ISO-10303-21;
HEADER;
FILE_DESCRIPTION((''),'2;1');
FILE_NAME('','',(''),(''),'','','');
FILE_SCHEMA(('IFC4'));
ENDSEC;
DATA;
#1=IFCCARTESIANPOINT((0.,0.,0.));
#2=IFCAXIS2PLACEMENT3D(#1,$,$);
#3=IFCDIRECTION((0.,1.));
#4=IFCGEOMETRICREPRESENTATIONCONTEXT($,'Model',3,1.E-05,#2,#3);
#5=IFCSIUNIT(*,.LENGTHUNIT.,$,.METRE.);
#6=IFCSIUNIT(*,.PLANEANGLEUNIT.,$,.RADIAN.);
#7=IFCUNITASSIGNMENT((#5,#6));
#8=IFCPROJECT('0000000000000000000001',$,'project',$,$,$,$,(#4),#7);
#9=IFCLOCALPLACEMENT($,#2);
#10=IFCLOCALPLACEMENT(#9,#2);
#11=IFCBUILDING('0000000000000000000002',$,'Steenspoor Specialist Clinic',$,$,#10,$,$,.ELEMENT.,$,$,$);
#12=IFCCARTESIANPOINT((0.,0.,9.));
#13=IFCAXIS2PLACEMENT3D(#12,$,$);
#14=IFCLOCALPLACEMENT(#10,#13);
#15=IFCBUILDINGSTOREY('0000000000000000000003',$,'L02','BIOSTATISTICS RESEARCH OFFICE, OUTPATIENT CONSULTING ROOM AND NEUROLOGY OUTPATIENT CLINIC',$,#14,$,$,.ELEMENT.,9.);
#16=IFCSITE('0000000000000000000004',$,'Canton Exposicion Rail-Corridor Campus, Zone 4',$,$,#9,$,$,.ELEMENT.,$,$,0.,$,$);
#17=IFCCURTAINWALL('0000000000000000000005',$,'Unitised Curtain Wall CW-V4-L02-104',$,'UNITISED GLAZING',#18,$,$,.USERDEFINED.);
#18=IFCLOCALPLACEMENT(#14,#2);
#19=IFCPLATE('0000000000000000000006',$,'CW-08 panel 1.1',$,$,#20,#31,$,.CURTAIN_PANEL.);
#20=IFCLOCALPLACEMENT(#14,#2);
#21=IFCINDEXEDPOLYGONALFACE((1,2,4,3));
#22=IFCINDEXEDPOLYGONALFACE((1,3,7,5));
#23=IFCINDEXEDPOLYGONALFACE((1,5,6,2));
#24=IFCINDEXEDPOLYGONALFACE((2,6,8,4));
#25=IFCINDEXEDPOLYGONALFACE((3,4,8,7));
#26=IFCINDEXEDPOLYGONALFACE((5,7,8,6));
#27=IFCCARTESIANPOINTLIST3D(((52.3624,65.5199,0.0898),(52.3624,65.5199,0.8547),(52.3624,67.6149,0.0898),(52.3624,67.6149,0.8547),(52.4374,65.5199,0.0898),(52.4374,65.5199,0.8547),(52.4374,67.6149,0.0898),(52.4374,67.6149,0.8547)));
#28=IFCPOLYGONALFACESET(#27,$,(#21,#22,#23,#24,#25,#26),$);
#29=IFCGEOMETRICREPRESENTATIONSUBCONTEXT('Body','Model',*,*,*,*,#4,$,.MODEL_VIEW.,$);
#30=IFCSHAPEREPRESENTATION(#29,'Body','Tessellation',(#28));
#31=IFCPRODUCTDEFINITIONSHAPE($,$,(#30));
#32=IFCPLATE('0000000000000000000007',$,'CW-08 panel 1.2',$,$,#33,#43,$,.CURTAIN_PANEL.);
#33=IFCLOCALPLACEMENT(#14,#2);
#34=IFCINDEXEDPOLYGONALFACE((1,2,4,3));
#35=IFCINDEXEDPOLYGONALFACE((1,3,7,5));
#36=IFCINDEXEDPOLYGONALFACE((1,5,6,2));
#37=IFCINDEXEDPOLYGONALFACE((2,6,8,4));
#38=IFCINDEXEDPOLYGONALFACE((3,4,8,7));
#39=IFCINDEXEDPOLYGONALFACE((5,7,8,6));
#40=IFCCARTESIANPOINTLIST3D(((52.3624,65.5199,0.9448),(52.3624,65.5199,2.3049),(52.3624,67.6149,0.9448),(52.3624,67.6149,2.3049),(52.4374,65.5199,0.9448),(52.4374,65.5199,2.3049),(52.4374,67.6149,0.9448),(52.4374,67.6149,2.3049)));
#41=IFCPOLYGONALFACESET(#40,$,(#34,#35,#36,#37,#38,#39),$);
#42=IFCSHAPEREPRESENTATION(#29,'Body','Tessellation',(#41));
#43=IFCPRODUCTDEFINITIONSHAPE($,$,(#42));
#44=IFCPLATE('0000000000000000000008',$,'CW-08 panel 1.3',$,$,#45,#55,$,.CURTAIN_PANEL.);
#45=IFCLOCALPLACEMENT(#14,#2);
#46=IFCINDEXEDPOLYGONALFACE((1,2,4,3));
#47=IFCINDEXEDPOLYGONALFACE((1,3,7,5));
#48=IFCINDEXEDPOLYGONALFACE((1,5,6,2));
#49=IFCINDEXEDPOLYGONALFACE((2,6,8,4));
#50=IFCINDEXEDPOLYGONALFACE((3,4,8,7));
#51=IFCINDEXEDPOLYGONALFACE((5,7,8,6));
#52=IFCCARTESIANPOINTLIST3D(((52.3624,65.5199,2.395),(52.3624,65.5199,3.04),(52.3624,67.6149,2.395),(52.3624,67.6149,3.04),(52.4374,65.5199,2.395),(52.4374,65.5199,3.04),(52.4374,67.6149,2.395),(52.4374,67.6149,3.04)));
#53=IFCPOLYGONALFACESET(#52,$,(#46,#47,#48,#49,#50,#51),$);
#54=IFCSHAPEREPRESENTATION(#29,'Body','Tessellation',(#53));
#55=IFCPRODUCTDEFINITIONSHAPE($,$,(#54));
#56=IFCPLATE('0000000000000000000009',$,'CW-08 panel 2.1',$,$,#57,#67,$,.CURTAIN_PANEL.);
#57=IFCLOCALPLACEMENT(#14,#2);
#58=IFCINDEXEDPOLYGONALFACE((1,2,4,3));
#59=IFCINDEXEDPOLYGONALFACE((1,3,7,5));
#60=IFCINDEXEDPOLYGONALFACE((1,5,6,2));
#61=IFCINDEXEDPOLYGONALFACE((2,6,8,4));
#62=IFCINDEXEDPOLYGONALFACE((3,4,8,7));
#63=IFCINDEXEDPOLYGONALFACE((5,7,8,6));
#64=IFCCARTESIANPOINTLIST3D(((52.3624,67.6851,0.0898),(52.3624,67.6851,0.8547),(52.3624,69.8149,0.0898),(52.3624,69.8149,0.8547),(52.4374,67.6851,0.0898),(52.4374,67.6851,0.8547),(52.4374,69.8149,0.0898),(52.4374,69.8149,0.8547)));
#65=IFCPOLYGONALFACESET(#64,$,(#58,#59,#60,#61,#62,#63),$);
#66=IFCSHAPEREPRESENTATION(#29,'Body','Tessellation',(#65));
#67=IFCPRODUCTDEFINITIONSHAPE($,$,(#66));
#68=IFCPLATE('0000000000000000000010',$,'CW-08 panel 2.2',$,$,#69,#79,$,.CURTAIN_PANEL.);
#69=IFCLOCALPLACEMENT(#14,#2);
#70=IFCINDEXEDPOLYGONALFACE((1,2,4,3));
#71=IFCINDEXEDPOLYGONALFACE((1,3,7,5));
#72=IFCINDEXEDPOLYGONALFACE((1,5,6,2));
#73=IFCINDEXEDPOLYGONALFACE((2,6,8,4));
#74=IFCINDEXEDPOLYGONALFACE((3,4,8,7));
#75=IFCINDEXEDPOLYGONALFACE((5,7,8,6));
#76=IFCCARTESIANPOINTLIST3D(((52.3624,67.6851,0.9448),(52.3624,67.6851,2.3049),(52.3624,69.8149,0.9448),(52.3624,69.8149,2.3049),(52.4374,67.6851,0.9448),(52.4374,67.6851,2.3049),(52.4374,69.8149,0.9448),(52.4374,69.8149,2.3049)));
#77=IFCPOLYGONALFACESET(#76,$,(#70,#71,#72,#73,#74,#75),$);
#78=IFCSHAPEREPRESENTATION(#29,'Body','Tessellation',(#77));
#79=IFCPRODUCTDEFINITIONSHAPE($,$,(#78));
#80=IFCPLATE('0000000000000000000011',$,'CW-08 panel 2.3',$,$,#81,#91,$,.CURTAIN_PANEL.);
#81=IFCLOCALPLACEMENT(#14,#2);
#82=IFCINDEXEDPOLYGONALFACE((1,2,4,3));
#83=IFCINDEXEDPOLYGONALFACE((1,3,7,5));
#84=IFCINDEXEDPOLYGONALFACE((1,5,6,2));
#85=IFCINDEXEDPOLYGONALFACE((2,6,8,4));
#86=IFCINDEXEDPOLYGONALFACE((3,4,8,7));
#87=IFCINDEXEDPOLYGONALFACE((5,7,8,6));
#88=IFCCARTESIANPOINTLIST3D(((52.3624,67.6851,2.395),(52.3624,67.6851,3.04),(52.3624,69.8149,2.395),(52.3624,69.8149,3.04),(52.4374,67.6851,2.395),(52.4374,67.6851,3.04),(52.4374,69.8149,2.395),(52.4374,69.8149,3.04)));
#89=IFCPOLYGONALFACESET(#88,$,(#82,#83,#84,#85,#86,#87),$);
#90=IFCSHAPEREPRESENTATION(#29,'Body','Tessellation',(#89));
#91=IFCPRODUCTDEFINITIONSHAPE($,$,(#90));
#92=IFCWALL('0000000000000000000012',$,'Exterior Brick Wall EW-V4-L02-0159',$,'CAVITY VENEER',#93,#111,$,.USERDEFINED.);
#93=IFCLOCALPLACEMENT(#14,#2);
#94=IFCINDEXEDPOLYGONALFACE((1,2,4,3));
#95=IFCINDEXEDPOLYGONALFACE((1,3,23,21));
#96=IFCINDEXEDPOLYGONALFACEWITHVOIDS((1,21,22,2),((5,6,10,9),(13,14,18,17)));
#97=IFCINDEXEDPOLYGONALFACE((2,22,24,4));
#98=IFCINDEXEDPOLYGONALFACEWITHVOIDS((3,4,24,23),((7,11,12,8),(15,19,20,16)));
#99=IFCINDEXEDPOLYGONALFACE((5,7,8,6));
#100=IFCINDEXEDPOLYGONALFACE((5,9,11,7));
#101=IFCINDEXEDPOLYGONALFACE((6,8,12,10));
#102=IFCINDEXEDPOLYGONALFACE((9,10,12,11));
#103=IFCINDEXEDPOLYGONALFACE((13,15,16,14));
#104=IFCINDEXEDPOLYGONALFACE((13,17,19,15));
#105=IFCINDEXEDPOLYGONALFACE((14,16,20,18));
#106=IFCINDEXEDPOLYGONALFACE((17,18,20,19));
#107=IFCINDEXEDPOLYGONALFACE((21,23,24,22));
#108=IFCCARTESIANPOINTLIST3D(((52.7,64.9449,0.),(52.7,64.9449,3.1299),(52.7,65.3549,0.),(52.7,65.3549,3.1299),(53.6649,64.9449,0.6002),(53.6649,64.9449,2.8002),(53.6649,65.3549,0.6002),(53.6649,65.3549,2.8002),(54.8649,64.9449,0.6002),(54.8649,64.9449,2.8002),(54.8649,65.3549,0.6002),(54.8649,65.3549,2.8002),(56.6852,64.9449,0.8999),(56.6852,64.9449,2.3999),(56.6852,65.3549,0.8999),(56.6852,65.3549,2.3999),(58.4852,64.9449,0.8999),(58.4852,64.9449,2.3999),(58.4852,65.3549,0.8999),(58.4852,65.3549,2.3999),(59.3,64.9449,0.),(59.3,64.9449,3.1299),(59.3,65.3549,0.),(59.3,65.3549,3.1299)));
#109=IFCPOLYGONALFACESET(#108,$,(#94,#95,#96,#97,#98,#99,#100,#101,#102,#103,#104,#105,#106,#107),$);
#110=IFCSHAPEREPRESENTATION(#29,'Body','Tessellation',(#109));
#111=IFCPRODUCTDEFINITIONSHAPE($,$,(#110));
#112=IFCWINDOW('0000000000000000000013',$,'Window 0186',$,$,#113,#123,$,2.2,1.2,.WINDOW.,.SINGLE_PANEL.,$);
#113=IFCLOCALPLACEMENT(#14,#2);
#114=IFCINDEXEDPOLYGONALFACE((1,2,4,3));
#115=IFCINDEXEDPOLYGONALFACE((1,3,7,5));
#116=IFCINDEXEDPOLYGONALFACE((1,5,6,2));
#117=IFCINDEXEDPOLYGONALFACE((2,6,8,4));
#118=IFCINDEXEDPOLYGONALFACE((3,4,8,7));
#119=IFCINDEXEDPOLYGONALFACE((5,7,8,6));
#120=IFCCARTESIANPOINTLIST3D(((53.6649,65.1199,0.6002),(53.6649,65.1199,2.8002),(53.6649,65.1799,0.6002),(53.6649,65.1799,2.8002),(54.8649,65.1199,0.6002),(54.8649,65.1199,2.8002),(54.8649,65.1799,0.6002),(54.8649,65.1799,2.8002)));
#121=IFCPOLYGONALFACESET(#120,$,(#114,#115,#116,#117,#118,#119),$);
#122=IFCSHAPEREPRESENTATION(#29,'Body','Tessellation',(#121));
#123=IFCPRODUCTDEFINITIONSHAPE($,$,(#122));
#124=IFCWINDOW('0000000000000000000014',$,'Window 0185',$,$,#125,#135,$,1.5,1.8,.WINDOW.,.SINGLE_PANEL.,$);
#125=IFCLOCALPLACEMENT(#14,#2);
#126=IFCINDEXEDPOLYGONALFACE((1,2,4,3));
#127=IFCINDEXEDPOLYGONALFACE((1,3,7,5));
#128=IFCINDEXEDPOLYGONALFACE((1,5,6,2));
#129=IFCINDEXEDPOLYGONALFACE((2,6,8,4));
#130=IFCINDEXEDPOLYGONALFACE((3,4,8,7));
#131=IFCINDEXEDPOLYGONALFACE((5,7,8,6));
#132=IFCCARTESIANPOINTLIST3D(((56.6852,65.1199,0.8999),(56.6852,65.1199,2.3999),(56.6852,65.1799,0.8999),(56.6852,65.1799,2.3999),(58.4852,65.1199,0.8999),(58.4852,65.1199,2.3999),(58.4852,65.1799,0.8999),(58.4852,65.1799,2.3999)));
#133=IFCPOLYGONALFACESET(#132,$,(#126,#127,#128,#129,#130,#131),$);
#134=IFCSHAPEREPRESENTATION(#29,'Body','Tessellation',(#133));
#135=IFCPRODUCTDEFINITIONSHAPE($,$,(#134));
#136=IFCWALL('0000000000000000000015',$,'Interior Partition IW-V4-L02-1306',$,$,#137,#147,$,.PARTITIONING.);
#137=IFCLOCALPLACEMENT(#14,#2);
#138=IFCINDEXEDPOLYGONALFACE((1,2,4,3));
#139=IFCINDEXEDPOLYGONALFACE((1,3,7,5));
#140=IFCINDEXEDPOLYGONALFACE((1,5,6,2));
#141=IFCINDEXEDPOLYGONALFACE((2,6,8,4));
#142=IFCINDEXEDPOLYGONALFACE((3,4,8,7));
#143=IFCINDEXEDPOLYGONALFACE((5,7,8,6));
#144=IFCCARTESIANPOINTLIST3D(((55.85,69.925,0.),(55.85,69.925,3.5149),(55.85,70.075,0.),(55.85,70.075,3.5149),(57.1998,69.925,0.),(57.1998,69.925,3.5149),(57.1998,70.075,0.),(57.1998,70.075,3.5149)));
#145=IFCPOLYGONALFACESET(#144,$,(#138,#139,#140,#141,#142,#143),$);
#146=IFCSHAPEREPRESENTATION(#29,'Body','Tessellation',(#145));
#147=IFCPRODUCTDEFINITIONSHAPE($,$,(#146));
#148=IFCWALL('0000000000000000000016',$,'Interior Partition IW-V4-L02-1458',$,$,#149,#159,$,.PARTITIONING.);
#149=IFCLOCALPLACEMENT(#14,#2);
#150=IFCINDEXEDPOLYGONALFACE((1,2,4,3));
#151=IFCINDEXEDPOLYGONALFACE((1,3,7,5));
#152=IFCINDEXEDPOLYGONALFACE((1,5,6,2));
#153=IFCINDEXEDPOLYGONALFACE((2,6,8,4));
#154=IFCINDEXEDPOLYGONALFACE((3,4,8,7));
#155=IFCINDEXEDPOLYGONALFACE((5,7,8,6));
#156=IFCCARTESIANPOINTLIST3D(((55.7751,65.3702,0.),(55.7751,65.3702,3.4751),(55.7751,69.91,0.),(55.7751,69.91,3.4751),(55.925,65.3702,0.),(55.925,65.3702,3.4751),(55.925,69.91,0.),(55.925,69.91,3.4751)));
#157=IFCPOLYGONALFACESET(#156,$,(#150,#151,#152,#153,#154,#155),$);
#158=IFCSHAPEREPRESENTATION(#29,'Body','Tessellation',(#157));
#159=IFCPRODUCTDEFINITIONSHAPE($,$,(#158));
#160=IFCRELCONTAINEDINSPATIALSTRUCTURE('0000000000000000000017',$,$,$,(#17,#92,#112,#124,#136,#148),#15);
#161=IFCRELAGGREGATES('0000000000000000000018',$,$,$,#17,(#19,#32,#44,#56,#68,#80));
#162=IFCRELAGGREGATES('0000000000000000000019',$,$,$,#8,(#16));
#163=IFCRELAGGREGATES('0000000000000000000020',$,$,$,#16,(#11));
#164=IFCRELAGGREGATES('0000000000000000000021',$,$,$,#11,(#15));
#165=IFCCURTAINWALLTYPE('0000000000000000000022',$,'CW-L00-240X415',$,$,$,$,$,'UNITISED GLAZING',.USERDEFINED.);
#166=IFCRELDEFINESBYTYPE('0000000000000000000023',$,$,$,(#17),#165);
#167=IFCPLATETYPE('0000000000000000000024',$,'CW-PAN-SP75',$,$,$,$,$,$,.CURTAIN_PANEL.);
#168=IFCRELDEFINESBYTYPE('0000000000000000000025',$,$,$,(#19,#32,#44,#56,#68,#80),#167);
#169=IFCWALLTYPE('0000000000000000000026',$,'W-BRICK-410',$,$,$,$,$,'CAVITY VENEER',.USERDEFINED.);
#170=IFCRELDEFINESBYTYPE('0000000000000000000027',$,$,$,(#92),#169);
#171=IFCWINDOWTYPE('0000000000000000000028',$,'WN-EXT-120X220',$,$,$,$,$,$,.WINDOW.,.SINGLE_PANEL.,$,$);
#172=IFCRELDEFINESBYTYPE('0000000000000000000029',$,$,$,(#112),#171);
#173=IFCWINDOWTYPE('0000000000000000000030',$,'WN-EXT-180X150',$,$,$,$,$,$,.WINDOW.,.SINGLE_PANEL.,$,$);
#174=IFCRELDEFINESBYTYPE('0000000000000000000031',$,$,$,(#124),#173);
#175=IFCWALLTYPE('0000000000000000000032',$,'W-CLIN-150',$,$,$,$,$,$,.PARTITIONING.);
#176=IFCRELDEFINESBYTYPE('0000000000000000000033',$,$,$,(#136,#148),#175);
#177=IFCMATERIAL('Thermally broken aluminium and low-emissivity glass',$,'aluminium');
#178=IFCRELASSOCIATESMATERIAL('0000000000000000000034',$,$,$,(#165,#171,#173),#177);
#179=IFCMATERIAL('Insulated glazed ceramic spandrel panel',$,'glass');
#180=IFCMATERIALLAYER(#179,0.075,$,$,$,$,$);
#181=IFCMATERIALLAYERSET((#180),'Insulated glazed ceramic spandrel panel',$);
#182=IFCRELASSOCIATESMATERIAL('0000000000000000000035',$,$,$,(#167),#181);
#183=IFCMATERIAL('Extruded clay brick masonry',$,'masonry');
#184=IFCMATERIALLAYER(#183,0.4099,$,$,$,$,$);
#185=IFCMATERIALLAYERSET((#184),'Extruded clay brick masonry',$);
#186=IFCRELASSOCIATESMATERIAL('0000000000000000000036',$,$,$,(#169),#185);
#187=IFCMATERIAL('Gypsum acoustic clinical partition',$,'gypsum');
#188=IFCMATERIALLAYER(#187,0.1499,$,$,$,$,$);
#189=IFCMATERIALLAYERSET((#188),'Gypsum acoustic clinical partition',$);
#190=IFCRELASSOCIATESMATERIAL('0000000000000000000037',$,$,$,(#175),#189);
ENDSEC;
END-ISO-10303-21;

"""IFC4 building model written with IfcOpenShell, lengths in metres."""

from ifc_helpers import new_model, si_unit, direction, frame, frame_2d, origin, origin_2d, place, context, subcontext, project, spatial, rectangle, extrude, material, layer, layer_set, type_object, element, fill, aggregate, save


model = new_model("IFC4")

# Units and contexts
model_context = context("Model", 3, precision=1e-05, world=origin(), true_north=direction((0.0, 1.0)))
body_context = subcontext(model_context, "Body", "Model", "MODEL_VIEW")
ifc_project = project(units=[si_unit("LENGTHUNIT", "METRE"), si_unit("PLANEANGLEUNIT", "RADIAN")], contexts=[model_context])

# Site, building, storey
site_placement = place(None, origin())
site = spatial("IfcSite", under=ifc_project, at=site_placement, Name="Canton Exposicion Rail-Corridor Campus, Zone 4", CompositionType="ELEMENT", RefElevation=0.0)
building_placement = place(site_placement, origin())
building = spatial("IfcBuilding", under=site, at=building_placement, Name="Steenspoor Specialist Clinic", CompositionType="ELEMENT")
storey_placement = place(building_placement, frame((0.0, 0.0, 9.0)))
storey = spatial("IfcBuildingStorey", under=building, at=storey_placement, Name="L02", Description="BIOSTATISTICS RESEARCH OFFICE, OUTPATIENT CONSULTING ROOM AND NEUROLOGY OUTPATIENT CLINIC", CompositionType="ELEMENT", Elevation=9.0)

# Curtain wall
ifc_material_1 = material(Name="Thermally broken aluminium and low-emissivity glass", Category="aluminium")
curtain_wall_type = type_object("IfcCurtainWallType", Name="CW-L00-240X415", ElementType="UNITISED GLAZING", PredefinedType="USERDEFINED", material=ifc_material_1)
curtain_wall_placement = place(storey_placement, origin())
curtain_wall = element("IfcCurtainWall", 1, at=curtain_wall_placement, inside=storey, type_object=curtain_wall_type, Name="Unitised Curtain Wall CW-V4-L02-104", ObjectType="UNITISED GLAZING", PredefinedType="USERDEFINED")

# Plates
ifc_material_2 = material(Name="Insulated glazed ceramic spandrel panel", Category="glass")
ifc_layer_1 = layer(ifc_material_2, 0.075)
ifc_layer_set_1 = layer_set([ifc_layer_1], Name="Insulated glazed ceramic spandrel panel")
plate_type = type_object("IfcPlateType", Name="CW-PAN-SP75", PredefinedType="CURTAIN_PANEL", material=ifc_layer_set_1)
plate_1_placement = place(storey_placement, frame((52.3999, 66.5674, 0.0898), z_axis=(0.0, 0.0, 1.0), x_axis=(0.0, 1.0, 0.0)))
plate_1 = element("IfcPlate", 2, at=plate_1_placement, type_object=plate_type, Name="CW-08 panel 1.1", PredefinedType="CURTAIN_PANEL", context=body_context, shape_type="SweptSolid", body=[
    extrude(rectangle(XDim=2.095, YDim=0.075, at=origin_2d()), origin(), (0.0, 0.0, 1.0), 0.7649),
])
plate_2_placement = place(storey_placement, frame((52.3999, 66.5674, 0.9448), z_axis=(0.0, 0.0, 1.0), x_axis=(0.0, 1.0, 0.0)))
plate_2 = element("IfcPlate", 3, at=plate_2_placement, type_object=plate_type, Name="CW-08 panel 1.2", PredefinedType="CURTAIN_PANEL", context=body_context, shape_type="SweptSolid", body=[
    extrude(rectangle(XDim=2.095, YDim=0.075, at=origin_2d()), origin(), (0.0, 0.0, 1.0), 1.3601),
])
plate_3_placement = place(storey_placement, frame((52.3999, 66.5674, 2.395), z_axis=(0.0, 0.0, 1.0), x_axis=(0.0, 1.0, 0.0)))
plate_3 = element("IfcPlate", 4, at=plate_3_placement, type_object=plate_type, Name="CW-08 panel 1.3", PredefinedType="CURTAIN_PANEL", context=body_context, shape_type="SweptSolid", body=[
    extrude(rectangle(XDim=2.095, YDim=0.075, at=origin_2d()), origin(), (0.0, 0.0, 1.0), 0.645),
])
plate_4_placement = place(storey_placement, frame((52.3999, 68.75, 0.0898), z_axis=(0.0, 0.0, 1.0), x_axis=(0.0, 1.0, 0.0)))
plate_4 = element("IfcPlate", 5, at=plate_4_placement, type_object=plate_type, Name="CW-08 panel 2.1", PredefinedType="CURTAIN_PANEL", context=body_context, shape_type="SweptSolid", body=[
    extrude(rectangle(XDim=2.1299, YDim=0.075, at=origin_2d()), origin(), (0.0, 0.0, 1.0), 0.7649),
])
plate_5_placement = place(storey_placement, frame((52.3999, 68.75, 0.9448), z_axis=(0.0, 0.0, 1.0), x_axis=(0.0, 1.0, 0.0)))
plate_5 = element("IfcPlate", 6, at=plate_5_placement, type_object=plate_type, Name="CW-08 panel 2.2", PredefinedType="CURTAIN_PANEL", context=body_context, shape_type="SweptSolid", body=[
    extrude(rectangle(XDim=2.1299, YDim=0.075, at=origin_2d()), origin(), (0.0, 0.0, 1.0), 1.3601),
])
plate_6_placement = place(storey_placement, frame((52.3999, 68.75, 2.395), z_axis=(0.0, 0.0, 1.0), x_axis=(0.0, 1.0, 0.0)))
plate_6 = element("IfcPlate", 7, at=plate_6_placement, type_object=plate_type, Name="CW-08 panel 2.3", PredefinedType="CURTAIN_PANEL", context=body_context, shape_type="SweptSolid", body=[
    extrude(rectangle(XDim=2.1299, YDim=0.075, at=origin_2d()), origin(), (0.0, 0.0, 1.0), 0.645),
])
aggregate(curtain_wall, [plate_1, plate_2, plate_3, plate_4, plate_5, plate_6])

# Wall, openings, windows
ifc_material_3 = material(Name="Extruded clay brick masonry", Category="masonry")
ifc_layer_2 = layer(ifc_material_3, 0.4099)
ifc_layer_set_2 = layer_set([ifc_layer_2], Name="Extruded clay brick masonry")
wall_type_1 = type_object("IfcWallType", Name="W-BRICK-410", ElementType="CAVITY VENEER", PredefinedType="USERDEFINED", material=ifc_layer_set_2)
wall_1_placement = place(storey_placement, frame((59.3, 65.1499, 0.0), z_axis=(0.0, 0.0, 1.0), x_axis=(-1.0, 0.0, 0.0)))
wall_1 = element("IfcWall", 8, at=wall_1_placement, inside=storey, type_object=wall_type_1, Name="Exterior Brick Wall EW-V4-L02-0159", ObjectType="CAVITY VENEER", PredefinedType="USERDEFINED", context=body_context, shape_type="SweptSolid", body=[
    extrude(rectangle(XDim=6.6001, YDim=0.4099, at=frame_2d((3.3, 0.0))), origin(), (0.0, 0.0, 1.0), 3.1299),
])
opening_1_placement = place(wall_1_placement, frame((0.8149, 0.0, 0.8999)))
opening_1 = element("IfcOpeningElement", 9, at=opening_1_placement, cuts=wall_1, PredefinedType="OPENING", context=body_context, shape_type="SweptSolid", body=[
    extrude(rectangle(XDim=1.8, YDim=1.5, at=frame_2d((0.8999, 0.75))), frame((0.0, 0.2148, 0.0), z_axis=(0.0, -1.0, 0.0), x_axis=(1.0, 0.0, 0.0)), (0.0, 0.0, 1.0), 0.4299),
])
opening_2_placement = place(wall_1_placement, frame((4.4351, 0.0, 0.6001)))
opening_2 = element("IfcOpeningElement", 10, at=opening_2_placement, cuts=wall_1, PredefinedType="OPENING", context=body_context, shape_type="SweptSolid", body=[
    extrude(rectangle(XDim=1.2, YDim=2.2, at=frame_2d((0.6001, 1.1001))), frame((0.0, 0.2148, 0.0), z_axis=(0.0, -1.0, 0.0), x_axis=(1.0, 0.0, 0.0)), (0.0, 0.0, 1.0), 0.4299),
])
window_type_1 = type_object("IfcWindowType", Name="WN-EXT-120X220", PartitioningType="SINGLE_PANEL", PredefinedType="WINDOW", material=ifc_material_1)
window_1_placement = place(opening_2_placement, origin())
window_1 = element("IfcWindow", 11, at=window_1_placement, inside=storey, type_object=window_type_1, Name="Window 0186", OverallHeight=2.2, OverallWidth=1.2, PartitioningType="SINGLE_PANEL", PredefinedType="WINDOW", context=body_context, shape_type="SweptSolid", body=[
    extrude(rectangle(XDim=1.2, YDim=2.2, at=frame_2d((0.6001, 1.1001))), frame((0.0, 0.03, 0.0), z_axis=(0.0, -1.0, 0.0), x_axis=(1.0, 0.0, 0.0)), (0.0, 0.0, 1.0), 0.0601),
])
fill(opening_2, window_1)
window_type_2 = type_object("IfcWindowType", Name="WN-EXT-180X150", PartitioningType="SINGLE_PANEL", PredefinedType="WINDOW", material=ifc_material_1)
window_2_placement = place(opening_1_placement, origin())
window_2 = element("IfcWindow", 12, at=window_2_placement, inside=storey, type_object=window_type_2, Name="Window 0185", OverallHeight=1.5, OverallWidth=1.8, PartitioningType="SINGLE_PANEL", PredefinedType="WINDOW", context=body_context, shape_type="SweptSolid", body=[
    extrude(rectangle(XDim=1.8, YDim=1.5, at=frame_2d((0.8999, 0.75))), frame((0.0, 0.03, 0.0), z_axis=(0.0, -1.0, 0.0), x_axis=(1.0, 0.0, 0.0)), (0.0, 0.0, 1.0), 0.0601),
])
fill(opening_1, window_2)

# Walls
ifc_material_4 = material(Name="Gypsum acoustic clinical partition", Category="gypsum")
ifc_layer_3 = layer(ifc_material_4, 0.1499)
ifc_layer_set_3 = layer_set([ifc_layer_3], Name="Gypsum acoustic clinical partition")
wall_type_2 = type_object("IfcWallType", Name="W-CLIN-150", PredefinedType="PARTITIONING", material=ifc_layer_set_3)
wall_2_placement = place(storey_placement, frame((55.8501, 70.0, 0.0), z_axis=(0.0, 0.0, 1.0), x_axis=(1.0, 0.0, 0.0)))
element("IfcWall", 13, at=wall_2_placement, inside=storey, type_object=wall_type_2, Name="Interior Partition IW-V4-L02-1306", PredefinedType="PARTITIONING", context=body_context, shape_type="SweptSolid", body=[
    extrude(rectangle(XDim=1.3499, YDim=0.1499, at=frame_2d((0.6748, 0.0))), origin(), (0.0, 0.0, 1.0), 3.5149),
])
wall_3_placement = place(storey_placement, frame((55.8501, 65.3701, 0.0), z_axis=(0.0, 0.0, 1.0), x_axis=(0.0, 1.0, 0.0)))
element("IfcWall", 14, at=wall_3_placement, inside=storey, type_object=wall_type_2, Name="Interior Partition IW-V4-L02-1458", PredefinedType="PARTITIONING", context=body_context, shape_type="SweptSolid", body=[
    extrude(rectangle(XDim=4.5398, YDim=0.1499, at=frame_2d((2.27, 0.0))), origin(), (0.0, 0.0, 1.0), 3.4751),
])

save(model, "model.ifc")
